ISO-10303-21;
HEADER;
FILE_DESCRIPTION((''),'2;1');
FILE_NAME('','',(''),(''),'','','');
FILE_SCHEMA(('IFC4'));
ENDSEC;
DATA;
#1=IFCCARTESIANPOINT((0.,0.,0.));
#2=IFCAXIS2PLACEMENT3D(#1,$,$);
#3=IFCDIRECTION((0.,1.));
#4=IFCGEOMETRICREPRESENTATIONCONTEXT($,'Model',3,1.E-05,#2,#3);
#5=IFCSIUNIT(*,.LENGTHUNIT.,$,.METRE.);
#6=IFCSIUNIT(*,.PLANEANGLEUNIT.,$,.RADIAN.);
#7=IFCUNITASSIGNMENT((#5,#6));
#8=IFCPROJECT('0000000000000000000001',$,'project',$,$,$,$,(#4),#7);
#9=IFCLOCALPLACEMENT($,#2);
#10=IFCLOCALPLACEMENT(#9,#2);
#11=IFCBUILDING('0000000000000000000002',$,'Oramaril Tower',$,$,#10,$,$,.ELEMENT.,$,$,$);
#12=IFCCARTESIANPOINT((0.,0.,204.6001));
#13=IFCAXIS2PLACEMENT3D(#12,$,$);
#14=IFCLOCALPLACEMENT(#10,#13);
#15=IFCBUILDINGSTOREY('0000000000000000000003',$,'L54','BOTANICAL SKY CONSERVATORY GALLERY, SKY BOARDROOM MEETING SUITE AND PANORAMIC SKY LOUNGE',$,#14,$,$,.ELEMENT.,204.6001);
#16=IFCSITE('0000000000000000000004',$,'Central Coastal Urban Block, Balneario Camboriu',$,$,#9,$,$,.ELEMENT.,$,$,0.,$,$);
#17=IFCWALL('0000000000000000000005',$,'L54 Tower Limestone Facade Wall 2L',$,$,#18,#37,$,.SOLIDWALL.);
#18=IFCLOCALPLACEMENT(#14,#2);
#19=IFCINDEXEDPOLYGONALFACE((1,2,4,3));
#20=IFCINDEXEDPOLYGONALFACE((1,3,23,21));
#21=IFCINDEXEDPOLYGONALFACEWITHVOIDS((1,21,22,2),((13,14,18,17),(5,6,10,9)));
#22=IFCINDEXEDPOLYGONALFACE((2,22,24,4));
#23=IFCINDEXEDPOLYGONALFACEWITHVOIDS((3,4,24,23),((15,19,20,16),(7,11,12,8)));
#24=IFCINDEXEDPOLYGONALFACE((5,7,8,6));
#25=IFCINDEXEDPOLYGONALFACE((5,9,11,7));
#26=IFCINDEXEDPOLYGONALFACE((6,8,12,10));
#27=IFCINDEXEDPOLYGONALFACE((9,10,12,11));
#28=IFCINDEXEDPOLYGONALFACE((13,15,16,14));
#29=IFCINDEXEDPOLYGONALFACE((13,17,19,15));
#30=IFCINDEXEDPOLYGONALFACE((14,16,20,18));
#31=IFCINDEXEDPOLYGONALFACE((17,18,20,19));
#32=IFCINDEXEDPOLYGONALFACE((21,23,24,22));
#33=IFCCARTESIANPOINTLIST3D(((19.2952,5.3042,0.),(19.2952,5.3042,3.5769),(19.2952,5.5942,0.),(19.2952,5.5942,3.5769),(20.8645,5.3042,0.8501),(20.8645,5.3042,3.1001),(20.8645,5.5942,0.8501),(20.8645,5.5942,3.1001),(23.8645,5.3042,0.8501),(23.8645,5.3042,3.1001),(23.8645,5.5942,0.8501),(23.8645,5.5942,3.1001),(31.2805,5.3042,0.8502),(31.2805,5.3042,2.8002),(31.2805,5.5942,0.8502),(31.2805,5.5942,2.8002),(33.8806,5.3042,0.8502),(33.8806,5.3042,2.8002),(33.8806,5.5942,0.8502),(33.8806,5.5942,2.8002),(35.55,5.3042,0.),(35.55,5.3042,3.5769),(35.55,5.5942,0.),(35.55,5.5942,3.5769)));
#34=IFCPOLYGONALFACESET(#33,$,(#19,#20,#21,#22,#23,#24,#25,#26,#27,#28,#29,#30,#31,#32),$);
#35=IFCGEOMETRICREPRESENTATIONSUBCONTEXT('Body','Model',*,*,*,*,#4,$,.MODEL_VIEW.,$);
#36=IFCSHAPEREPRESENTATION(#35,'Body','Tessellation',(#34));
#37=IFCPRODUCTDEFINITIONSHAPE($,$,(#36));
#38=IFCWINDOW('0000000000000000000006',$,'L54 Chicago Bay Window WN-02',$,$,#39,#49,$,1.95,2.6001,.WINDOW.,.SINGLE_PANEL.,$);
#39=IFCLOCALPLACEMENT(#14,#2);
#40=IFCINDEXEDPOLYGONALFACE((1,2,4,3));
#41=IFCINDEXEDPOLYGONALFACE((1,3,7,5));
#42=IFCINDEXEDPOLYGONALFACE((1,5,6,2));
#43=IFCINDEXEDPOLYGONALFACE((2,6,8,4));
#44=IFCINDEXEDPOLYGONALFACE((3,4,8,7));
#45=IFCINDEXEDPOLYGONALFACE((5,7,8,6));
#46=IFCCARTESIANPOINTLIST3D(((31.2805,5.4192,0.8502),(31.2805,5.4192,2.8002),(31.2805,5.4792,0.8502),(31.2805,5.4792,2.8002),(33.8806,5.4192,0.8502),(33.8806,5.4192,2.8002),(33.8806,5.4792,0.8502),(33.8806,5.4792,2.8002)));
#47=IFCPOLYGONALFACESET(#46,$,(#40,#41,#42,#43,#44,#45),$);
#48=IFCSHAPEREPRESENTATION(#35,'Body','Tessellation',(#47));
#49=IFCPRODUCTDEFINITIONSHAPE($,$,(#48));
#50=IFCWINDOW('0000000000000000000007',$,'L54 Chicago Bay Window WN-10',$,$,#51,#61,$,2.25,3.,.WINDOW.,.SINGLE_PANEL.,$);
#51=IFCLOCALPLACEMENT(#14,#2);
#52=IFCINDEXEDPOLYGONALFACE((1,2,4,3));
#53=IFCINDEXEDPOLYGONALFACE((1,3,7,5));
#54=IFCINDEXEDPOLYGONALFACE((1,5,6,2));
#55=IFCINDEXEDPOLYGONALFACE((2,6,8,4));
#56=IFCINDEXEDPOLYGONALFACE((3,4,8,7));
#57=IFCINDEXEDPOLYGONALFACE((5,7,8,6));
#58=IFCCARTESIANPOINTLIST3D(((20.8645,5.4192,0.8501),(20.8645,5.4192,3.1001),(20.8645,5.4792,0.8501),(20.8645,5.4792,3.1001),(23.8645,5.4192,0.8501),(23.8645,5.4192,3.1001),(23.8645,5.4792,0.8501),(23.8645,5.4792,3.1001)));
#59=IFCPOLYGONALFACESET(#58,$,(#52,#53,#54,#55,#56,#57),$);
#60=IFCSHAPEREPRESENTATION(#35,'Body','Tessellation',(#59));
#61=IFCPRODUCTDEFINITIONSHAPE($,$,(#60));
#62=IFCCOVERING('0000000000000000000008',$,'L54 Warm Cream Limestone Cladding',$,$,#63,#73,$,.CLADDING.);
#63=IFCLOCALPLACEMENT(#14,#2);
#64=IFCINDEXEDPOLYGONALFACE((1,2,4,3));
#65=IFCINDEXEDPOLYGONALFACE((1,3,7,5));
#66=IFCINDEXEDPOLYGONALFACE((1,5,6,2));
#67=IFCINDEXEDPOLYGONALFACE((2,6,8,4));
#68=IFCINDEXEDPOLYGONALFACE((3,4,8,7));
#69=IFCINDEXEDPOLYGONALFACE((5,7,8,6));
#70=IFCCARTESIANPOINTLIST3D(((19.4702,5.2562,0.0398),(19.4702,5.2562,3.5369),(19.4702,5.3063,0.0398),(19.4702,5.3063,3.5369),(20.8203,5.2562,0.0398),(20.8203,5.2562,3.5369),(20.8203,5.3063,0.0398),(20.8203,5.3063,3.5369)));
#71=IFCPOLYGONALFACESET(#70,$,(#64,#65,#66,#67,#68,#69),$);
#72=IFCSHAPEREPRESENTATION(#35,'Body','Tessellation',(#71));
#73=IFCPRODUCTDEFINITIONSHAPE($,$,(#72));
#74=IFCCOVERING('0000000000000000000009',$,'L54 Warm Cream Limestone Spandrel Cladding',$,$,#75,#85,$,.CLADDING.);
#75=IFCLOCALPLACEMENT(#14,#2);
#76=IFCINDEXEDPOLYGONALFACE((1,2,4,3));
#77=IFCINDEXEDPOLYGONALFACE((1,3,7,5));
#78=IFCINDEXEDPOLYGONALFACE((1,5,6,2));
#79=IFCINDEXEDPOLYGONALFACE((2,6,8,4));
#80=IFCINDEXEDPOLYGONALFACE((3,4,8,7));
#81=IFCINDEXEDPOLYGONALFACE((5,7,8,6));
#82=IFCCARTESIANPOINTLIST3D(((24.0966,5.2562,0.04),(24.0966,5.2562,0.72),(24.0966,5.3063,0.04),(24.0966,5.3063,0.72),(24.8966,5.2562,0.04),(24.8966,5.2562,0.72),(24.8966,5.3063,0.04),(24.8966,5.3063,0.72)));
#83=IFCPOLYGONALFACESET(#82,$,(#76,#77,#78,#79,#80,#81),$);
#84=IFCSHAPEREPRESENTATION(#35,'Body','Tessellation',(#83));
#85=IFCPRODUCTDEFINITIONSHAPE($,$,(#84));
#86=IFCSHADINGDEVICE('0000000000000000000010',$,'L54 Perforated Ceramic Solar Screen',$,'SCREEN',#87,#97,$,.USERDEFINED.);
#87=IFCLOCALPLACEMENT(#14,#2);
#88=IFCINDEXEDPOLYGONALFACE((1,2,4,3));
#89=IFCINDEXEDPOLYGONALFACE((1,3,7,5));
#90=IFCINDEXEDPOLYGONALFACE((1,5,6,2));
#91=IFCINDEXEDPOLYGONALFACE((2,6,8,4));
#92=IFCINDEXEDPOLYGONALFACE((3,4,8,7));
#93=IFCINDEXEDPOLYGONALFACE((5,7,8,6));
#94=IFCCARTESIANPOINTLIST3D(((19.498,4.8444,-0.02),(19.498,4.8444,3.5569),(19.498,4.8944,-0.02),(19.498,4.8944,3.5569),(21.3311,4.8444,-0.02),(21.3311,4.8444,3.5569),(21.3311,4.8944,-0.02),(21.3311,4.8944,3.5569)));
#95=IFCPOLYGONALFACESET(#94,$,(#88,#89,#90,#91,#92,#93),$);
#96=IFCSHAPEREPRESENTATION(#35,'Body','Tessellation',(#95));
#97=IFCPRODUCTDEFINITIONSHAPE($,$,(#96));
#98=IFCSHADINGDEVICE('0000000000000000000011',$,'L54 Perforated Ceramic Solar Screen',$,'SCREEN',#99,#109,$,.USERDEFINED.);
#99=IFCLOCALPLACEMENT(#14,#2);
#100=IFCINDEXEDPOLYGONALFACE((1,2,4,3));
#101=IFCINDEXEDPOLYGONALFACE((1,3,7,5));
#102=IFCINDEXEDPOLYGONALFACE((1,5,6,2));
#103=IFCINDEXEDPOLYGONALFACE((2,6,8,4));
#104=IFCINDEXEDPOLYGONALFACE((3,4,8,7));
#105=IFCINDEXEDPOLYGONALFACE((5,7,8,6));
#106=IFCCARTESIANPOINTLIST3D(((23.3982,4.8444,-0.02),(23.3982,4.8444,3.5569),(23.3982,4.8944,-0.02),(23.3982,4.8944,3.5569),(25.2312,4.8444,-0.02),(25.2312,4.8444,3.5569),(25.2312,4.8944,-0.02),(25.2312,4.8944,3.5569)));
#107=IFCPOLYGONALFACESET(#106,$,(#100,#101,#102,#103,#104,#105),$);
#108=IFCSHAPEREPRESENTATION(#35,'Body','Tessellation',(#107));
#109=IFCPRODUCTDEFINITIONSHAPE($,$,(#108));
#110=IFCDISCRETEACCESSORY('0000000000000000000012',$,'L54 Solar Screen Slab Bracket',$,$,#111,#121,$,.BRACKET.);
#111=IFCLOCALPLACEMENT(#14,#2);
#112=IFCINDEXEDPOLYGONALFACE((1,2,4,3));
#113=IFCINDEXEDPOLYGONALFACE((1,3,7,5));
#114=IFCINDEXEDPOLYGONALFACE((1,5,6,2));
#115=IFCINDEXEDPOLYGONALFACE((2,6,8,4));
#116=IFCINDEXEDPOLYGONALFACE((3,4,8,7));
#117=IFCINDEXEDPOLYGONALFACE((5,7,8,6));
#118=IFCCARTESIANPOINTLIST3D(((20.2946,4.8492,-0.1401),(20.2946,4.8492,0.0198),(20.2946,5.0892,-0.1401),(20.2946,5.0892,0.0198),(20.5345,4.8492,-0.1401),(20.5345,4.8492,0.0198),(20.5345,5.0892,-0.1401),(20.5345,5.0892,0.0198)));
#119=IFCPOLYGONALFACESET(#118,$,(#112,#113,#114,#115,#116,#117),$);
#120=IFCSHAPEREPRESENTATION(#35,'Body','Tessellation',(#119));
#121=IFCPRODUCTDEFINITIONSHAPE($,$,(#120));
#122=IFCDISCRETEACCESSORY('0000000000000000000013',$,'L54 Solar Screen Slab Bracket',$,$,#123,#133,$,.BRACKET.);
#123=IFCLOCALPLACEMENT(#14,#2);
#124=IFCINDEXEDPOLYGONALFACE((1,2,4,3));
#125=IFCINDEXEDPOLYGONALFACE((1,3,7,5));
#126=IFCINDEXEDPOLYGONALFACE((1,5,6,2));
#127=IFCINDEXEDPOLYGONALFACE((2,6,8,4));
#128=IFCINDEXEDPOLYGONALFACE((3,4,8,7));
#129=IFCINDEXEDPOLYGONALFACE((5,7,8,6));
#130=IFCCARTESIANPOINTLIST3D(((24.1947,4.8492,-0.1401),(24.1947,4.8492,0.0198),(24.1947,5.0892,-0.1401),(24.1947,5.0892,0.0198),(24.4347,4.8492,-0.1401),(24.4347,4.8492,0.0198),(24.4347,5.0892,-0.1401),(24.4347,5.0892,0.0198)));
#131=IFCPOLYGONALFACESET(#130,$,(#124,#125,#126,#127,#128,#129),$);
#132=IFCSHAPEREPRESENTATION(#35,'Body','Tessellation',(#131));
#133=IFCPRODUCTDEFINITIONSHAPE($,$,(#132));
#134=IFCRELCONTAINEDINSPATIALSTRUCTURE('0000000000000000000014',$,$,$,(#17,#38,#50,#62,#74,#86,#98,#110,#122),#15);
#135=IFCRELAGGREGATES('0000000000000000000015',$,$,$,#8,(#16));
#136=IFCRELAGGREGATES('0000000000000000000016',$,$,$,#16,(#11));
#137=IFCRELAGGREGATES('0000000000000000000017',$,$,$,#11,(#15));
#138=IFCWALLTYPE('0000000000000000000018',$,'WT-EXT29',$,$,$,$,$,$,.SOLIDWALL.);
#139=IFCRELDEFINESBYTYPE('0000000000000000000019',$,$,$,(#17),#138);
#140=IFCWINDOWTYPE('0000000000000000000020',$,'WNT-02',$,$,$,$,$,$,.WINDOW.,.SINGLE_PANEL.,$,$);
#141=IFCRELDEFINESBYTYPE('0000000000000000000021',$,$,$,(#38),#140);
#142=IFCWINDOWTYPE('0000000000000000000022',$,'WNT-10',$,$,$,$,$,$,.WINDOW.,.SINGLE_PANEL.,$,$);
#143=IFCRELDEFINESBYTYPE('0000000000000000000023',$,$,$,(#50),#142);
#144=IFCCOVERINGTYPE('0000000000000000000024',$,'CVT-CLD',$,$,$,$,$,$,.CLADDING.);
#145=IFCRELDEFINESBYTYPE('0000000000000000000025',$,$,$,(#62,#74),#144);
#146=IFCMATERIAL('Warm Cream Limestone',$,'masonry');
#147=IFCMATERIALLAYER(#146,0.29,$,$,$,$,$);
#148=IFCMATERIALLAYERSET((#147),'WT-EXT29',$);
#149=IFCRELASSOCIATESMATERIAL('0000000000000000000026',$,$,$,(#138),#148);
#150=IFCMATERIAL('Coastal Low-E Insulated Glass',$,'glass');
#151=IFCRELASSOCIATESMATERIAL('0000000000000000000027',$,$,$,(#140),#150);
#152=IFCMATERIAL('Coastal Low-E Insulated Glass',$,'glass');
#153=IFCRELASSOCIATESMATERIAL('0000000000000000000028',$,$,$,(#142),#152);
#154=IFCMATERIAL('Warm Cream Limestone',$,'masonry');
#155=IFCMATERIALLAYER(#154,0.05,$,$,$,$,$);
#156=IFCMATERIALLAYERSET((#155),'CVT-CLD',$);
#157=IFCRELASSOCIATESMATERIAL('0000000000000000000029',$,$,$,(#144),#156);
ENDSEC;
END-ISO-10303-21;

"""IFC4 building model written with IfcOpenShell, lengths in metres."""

from ifc_helpers import new_model, si_unit, direction, frame, frame_2d, origin, origin_2d, place, context, subcontext, project, spatial, rectangle, extrude, material, layer, layer_set, type_object, element, fill, save


model = new_model("IFC4")

# Units and contexts
model_context = context("Model", 3, precision=1e-05, world=origin(), true_north=direction((0.0, 1.0)))
body_context = subcontext(model_context, "Body", "Model", "MODEL_VIEW")
ifc_project = project(units=[si_unit("LENGTHUNIT", "METRE"), si_unit("PLANEANGLEUNIT", "RADIAN")], contexts=[model_context])

# Site, building, storey
site_placement = place(None, origin())
site = spatial("IfcSite", under=ifc_project, at=site_placement, Name="Central Coastal Urban Block, Balneario Camboriu", CompositionType="ELEMENT", RefElevation=0.0)
building_placement = place(site_placement, origin())
building = spatial("IfcBuilding", under=site, at=building_placement, Name="Oramaril Tower", CompositionType="ELEMENT")
storey_placement = place(building_placement, frame((0.0, 0.0, 204.6001)))
storey = spatial("IfcBuildingStorey", under=building, at=storey_placement, Name="L54", Description="BOTANICAL SKY CONSERVATORY GALLERY, SKY BOARDROOM MEETING SUITE AND PANORAMIC SKY LOUNGE", CompositionType="ELEMENT", Elevation=204.6001)

# Wall, openings, windows
ifc_material_1 = material(Name="Warm Cream Limestone", Category="masonry")
ifc_layer_1 = layer(ifc_material_1, 0.29)
ifc_layer_set_1 = layer_set([ifc_layer_1], Name="WT-EXT29")
wall_type_1 = type_object("IfcWallType", Name="WT-EXT29", PredefinedType="SOLIDWALL", material=ifc_layer_set_1)
wall_1_placement = place(storey_placement, frame((19.2952, 5.4492, 0.0), z_axis=(0.0, 0.0, 1.0), x_axis=(1.0, 0.0, 0.0)))
wall_1 = element("IfcWall", 1, at=wall_1_placement, inside=storey, type_object=wall_type_1, Name="L54 Tower Limestone Facade Wall 2L", PredefinedType="SOLIDWALL", context=body_context, shape_type="SweptSolid", body=[
    extrude(rectangle(XDim=16.2549, YDim=0.29, at=frame_2d((8.1274, 0.0))), origin(), (0.0, 0.0, 1.0), 3.5769),
])
opening_1_placement = place(wall_1_placement, frame((1.5693, 0.0, 0.8501)))
opening_1 = element("IfcOpeningElement", 2, at=opening_1_placement, cuts=wall_1, PredefinedType="OPENING", context=body_context, shape_type="SweptSolid", body=[
    extrude(rectangle(XDim=3.0, YDim=2.25, at=frame_2d((1.5, 1.125))), frame((0.0, 0.145, 0.0), z_axis=(0.0, -1.0, 0.0), x_axis=(1.0, 0.0, 0.0)), (0.0, 0.0, 1.0), 0.29),
])
opening_2_placement = place(wall_1_placement, frame((11.9854, 0.0, 0.8501)))
opening_2 = element("IfcOpeningElement", 3, at=opening_2_placement, cuts=wall_1, PredefinedType="OPENING", context=body_context, shape_type="SweptSolid", body=[
    extrude(rectangle(XDim=2.6001, YDim=1.95, at=frame_2d((1.3, 0.9751))), frame((0.0, 0.145, 0.0), z_axis=(0.0, -1.0, 0.0), x_axis=(1.0, 0.0, 0.0)), (0.0, 0.0, 1.0), 0.29),
])
ifc_material_2 = material(Name="Coastal Low-E Insulated Glass", Category="glass")
window_type_1 = type_object("IfcWindowType", Name="WNT-02", PartitioningType="SINGLE_PANEL", PredefinedType="WINDOW", material=ifc_material_2)
window_1_placement = place(opening_2_placement, origin())
window_1 = element("IfcWindow", 4, at=window_1_placement, inside=storey, type_object=window_type_1, Name="L54 Chicago Bay Window WN-02", OverallHeight=1.95, OverallWidth=2.6001, PartitioningType="SINGLE_PANEL", PredefinedType="WINDOW", context=body_context, shape_type="SweptSolid", body=[
    extrude(rectangle(XDim=2.6001, YDim=1.95, at=frame_2d((1.3, 0.9751))), frame((0.0, 0.03, 0.0), z_axis=(0.0, -1.0, 0.0), x_axis=(1.0, 0.0, 0.0)), (0.0, 0.0, 1.0), 0.0601),
])
fill(opening_2, window_1)
ifc_material_3 = material(Name="Coastal Low-E Insulated Glass", Category="glass")
window_type_2 = type_object("IfcWindowType", Name="WNT-10", PartitioningType="SINGLE_PANEL", PredefinedType="WINDOW", material=ifc_material_3)
window_2_placement = place(opening_1_placement, origin())
window_2 = element("IfcWindow", 5, at=window_2_placement, inside=storey, type_object=window_type_2, Name="L54 Chicago Bay Window WN-10", OverallHeight=2.25, OverallWidth=3.0, PartitioningType="SINGLE_PANEL", PredefinedType="WINDOW", context=body_context, shape_type="SweptSolid", body=[
    extrude(rectangle(XDim=3.0, YDim=2.25, at=frame_2d((1.5, 1.125))), frame((0.0, 0.03, 0.0), z_axis=(0.0, -1.0, 0.0), x_axis=(1.0, 0.0, 0.0)), (0.0, 0.0, 1.0), 0.0601),
])
fill(opening_1, window_2)

# Coverings
ifc_material_4 = material(Name="Warm Cream Limestone", Category="masonry")
ifc_layer_2 = layer(ifc_material_4, 0.05)
ifc_layer_set_2 = layer_set([ifc_layer_2], Name="CVT-CLD")
covering_type = type_object("IfcCoveringType", Name="CVT-CLD", PredefinedType="CLADDING", material=ifc_layer_set_2)
covering_1_placement = place(storey_placement, frame((20.1453, 5.2812, 0.0398), z_axis=(0.0, 0.0, 1.0), x_axis=(1.0, 0.0, 0.0)))
element("IfcCovering", 6, at=covering_1_placement, inside=storey, type_object=covering_type, Name="L54 Warm Cream Limestone Cladding", PredefinedType="CLADDING", context=body_context, shape_type="SweptSolid", body=[
    extrude(rectangle(XDim=1.3501, YDim=0.05, at=origin_2d()), origin(), (0.0, 0.0, 1.0), 3.4971),
])
covering_2_placement = place(storey_placement, frame((24.4966, 5.2812, 0.04), z_axis=(0.0, 0.0, 1.0), x_axis=(1.0, 0.0, 0.0)))
element("IfcCovering", 7, at=covering_2_placement, inside=storey, type_object=covering_type, Name="L54 Warm Cream Limestone Spandrel Cladding", PredefinedType="CLADDING", context=body_context, shape_type="SweptSolid", body=[
    extrude(rectangle(XDim=0.8, YDim=0.05, at=origin_2d()), origin(), (0.0, 0.0, 1.0), 0.6799),
])

# Shading devices
for number, where, z_axis, x_axis, name in (
    (8, (20.4146, 4.8694, -0.02), (0.0, 0.0, 1.0), (1.0, 0.0, 0.0), "L54 Perforated Ceramic Solar Screen"),
    (9, (24.3147, 4.8694, -0.02), (0.0, 0.0, 1.0), (1.0, 0.0, 0.0), "L54 Perforated Ceramic Solar Screen"),
):
    element("IfcShadingDevice", number, at=place(storey_placement, frame(where, z_axis=z_axis, x_axis=x_axis)), inside=storey, Name=name, ObjectType="SCREEN", PredefinedType="USERDEFINED", context=body_context, shape_type="SweptSolid", body=[
        extrude(rectangle(XDim=1.833, YDim=0.05, at=origin_2d()), origin(), (0.0, 0.0, 1.0), 3.5769),
    ])

# Discrete accessories
for number, where, z_axis, x_axis, name in (
    (10, (20.4146, 4.9692, -0.1401), (0.0, 0.0, 1.0), (1.0, 0.0, 0.0), "L54 Solar Screen Slab Bracket"),
    (11, (24.3147, 4.9692, -0.1401), (0.0, 0.0, 1.0), (1.0, 0.0, 0.0), "L54 Solar Screen Slab Bracket"),
):
    element("IfcDiscreteAccessory", number, at=place(storey_placement, frame(where, z_axis=z_axis, x_axis=x_axis)), inside=storey, Name=name, PredefinedType="BRACKET", context=body_context, shape_type="SweptSolid", body=[
        extrude(rectangle(XDim=0.24, YDim=0.24, at=origin_2d()), origin(), (0.0, 0.0, 1.0), 0.1599),
    ])

save(model, "model.ifc")
